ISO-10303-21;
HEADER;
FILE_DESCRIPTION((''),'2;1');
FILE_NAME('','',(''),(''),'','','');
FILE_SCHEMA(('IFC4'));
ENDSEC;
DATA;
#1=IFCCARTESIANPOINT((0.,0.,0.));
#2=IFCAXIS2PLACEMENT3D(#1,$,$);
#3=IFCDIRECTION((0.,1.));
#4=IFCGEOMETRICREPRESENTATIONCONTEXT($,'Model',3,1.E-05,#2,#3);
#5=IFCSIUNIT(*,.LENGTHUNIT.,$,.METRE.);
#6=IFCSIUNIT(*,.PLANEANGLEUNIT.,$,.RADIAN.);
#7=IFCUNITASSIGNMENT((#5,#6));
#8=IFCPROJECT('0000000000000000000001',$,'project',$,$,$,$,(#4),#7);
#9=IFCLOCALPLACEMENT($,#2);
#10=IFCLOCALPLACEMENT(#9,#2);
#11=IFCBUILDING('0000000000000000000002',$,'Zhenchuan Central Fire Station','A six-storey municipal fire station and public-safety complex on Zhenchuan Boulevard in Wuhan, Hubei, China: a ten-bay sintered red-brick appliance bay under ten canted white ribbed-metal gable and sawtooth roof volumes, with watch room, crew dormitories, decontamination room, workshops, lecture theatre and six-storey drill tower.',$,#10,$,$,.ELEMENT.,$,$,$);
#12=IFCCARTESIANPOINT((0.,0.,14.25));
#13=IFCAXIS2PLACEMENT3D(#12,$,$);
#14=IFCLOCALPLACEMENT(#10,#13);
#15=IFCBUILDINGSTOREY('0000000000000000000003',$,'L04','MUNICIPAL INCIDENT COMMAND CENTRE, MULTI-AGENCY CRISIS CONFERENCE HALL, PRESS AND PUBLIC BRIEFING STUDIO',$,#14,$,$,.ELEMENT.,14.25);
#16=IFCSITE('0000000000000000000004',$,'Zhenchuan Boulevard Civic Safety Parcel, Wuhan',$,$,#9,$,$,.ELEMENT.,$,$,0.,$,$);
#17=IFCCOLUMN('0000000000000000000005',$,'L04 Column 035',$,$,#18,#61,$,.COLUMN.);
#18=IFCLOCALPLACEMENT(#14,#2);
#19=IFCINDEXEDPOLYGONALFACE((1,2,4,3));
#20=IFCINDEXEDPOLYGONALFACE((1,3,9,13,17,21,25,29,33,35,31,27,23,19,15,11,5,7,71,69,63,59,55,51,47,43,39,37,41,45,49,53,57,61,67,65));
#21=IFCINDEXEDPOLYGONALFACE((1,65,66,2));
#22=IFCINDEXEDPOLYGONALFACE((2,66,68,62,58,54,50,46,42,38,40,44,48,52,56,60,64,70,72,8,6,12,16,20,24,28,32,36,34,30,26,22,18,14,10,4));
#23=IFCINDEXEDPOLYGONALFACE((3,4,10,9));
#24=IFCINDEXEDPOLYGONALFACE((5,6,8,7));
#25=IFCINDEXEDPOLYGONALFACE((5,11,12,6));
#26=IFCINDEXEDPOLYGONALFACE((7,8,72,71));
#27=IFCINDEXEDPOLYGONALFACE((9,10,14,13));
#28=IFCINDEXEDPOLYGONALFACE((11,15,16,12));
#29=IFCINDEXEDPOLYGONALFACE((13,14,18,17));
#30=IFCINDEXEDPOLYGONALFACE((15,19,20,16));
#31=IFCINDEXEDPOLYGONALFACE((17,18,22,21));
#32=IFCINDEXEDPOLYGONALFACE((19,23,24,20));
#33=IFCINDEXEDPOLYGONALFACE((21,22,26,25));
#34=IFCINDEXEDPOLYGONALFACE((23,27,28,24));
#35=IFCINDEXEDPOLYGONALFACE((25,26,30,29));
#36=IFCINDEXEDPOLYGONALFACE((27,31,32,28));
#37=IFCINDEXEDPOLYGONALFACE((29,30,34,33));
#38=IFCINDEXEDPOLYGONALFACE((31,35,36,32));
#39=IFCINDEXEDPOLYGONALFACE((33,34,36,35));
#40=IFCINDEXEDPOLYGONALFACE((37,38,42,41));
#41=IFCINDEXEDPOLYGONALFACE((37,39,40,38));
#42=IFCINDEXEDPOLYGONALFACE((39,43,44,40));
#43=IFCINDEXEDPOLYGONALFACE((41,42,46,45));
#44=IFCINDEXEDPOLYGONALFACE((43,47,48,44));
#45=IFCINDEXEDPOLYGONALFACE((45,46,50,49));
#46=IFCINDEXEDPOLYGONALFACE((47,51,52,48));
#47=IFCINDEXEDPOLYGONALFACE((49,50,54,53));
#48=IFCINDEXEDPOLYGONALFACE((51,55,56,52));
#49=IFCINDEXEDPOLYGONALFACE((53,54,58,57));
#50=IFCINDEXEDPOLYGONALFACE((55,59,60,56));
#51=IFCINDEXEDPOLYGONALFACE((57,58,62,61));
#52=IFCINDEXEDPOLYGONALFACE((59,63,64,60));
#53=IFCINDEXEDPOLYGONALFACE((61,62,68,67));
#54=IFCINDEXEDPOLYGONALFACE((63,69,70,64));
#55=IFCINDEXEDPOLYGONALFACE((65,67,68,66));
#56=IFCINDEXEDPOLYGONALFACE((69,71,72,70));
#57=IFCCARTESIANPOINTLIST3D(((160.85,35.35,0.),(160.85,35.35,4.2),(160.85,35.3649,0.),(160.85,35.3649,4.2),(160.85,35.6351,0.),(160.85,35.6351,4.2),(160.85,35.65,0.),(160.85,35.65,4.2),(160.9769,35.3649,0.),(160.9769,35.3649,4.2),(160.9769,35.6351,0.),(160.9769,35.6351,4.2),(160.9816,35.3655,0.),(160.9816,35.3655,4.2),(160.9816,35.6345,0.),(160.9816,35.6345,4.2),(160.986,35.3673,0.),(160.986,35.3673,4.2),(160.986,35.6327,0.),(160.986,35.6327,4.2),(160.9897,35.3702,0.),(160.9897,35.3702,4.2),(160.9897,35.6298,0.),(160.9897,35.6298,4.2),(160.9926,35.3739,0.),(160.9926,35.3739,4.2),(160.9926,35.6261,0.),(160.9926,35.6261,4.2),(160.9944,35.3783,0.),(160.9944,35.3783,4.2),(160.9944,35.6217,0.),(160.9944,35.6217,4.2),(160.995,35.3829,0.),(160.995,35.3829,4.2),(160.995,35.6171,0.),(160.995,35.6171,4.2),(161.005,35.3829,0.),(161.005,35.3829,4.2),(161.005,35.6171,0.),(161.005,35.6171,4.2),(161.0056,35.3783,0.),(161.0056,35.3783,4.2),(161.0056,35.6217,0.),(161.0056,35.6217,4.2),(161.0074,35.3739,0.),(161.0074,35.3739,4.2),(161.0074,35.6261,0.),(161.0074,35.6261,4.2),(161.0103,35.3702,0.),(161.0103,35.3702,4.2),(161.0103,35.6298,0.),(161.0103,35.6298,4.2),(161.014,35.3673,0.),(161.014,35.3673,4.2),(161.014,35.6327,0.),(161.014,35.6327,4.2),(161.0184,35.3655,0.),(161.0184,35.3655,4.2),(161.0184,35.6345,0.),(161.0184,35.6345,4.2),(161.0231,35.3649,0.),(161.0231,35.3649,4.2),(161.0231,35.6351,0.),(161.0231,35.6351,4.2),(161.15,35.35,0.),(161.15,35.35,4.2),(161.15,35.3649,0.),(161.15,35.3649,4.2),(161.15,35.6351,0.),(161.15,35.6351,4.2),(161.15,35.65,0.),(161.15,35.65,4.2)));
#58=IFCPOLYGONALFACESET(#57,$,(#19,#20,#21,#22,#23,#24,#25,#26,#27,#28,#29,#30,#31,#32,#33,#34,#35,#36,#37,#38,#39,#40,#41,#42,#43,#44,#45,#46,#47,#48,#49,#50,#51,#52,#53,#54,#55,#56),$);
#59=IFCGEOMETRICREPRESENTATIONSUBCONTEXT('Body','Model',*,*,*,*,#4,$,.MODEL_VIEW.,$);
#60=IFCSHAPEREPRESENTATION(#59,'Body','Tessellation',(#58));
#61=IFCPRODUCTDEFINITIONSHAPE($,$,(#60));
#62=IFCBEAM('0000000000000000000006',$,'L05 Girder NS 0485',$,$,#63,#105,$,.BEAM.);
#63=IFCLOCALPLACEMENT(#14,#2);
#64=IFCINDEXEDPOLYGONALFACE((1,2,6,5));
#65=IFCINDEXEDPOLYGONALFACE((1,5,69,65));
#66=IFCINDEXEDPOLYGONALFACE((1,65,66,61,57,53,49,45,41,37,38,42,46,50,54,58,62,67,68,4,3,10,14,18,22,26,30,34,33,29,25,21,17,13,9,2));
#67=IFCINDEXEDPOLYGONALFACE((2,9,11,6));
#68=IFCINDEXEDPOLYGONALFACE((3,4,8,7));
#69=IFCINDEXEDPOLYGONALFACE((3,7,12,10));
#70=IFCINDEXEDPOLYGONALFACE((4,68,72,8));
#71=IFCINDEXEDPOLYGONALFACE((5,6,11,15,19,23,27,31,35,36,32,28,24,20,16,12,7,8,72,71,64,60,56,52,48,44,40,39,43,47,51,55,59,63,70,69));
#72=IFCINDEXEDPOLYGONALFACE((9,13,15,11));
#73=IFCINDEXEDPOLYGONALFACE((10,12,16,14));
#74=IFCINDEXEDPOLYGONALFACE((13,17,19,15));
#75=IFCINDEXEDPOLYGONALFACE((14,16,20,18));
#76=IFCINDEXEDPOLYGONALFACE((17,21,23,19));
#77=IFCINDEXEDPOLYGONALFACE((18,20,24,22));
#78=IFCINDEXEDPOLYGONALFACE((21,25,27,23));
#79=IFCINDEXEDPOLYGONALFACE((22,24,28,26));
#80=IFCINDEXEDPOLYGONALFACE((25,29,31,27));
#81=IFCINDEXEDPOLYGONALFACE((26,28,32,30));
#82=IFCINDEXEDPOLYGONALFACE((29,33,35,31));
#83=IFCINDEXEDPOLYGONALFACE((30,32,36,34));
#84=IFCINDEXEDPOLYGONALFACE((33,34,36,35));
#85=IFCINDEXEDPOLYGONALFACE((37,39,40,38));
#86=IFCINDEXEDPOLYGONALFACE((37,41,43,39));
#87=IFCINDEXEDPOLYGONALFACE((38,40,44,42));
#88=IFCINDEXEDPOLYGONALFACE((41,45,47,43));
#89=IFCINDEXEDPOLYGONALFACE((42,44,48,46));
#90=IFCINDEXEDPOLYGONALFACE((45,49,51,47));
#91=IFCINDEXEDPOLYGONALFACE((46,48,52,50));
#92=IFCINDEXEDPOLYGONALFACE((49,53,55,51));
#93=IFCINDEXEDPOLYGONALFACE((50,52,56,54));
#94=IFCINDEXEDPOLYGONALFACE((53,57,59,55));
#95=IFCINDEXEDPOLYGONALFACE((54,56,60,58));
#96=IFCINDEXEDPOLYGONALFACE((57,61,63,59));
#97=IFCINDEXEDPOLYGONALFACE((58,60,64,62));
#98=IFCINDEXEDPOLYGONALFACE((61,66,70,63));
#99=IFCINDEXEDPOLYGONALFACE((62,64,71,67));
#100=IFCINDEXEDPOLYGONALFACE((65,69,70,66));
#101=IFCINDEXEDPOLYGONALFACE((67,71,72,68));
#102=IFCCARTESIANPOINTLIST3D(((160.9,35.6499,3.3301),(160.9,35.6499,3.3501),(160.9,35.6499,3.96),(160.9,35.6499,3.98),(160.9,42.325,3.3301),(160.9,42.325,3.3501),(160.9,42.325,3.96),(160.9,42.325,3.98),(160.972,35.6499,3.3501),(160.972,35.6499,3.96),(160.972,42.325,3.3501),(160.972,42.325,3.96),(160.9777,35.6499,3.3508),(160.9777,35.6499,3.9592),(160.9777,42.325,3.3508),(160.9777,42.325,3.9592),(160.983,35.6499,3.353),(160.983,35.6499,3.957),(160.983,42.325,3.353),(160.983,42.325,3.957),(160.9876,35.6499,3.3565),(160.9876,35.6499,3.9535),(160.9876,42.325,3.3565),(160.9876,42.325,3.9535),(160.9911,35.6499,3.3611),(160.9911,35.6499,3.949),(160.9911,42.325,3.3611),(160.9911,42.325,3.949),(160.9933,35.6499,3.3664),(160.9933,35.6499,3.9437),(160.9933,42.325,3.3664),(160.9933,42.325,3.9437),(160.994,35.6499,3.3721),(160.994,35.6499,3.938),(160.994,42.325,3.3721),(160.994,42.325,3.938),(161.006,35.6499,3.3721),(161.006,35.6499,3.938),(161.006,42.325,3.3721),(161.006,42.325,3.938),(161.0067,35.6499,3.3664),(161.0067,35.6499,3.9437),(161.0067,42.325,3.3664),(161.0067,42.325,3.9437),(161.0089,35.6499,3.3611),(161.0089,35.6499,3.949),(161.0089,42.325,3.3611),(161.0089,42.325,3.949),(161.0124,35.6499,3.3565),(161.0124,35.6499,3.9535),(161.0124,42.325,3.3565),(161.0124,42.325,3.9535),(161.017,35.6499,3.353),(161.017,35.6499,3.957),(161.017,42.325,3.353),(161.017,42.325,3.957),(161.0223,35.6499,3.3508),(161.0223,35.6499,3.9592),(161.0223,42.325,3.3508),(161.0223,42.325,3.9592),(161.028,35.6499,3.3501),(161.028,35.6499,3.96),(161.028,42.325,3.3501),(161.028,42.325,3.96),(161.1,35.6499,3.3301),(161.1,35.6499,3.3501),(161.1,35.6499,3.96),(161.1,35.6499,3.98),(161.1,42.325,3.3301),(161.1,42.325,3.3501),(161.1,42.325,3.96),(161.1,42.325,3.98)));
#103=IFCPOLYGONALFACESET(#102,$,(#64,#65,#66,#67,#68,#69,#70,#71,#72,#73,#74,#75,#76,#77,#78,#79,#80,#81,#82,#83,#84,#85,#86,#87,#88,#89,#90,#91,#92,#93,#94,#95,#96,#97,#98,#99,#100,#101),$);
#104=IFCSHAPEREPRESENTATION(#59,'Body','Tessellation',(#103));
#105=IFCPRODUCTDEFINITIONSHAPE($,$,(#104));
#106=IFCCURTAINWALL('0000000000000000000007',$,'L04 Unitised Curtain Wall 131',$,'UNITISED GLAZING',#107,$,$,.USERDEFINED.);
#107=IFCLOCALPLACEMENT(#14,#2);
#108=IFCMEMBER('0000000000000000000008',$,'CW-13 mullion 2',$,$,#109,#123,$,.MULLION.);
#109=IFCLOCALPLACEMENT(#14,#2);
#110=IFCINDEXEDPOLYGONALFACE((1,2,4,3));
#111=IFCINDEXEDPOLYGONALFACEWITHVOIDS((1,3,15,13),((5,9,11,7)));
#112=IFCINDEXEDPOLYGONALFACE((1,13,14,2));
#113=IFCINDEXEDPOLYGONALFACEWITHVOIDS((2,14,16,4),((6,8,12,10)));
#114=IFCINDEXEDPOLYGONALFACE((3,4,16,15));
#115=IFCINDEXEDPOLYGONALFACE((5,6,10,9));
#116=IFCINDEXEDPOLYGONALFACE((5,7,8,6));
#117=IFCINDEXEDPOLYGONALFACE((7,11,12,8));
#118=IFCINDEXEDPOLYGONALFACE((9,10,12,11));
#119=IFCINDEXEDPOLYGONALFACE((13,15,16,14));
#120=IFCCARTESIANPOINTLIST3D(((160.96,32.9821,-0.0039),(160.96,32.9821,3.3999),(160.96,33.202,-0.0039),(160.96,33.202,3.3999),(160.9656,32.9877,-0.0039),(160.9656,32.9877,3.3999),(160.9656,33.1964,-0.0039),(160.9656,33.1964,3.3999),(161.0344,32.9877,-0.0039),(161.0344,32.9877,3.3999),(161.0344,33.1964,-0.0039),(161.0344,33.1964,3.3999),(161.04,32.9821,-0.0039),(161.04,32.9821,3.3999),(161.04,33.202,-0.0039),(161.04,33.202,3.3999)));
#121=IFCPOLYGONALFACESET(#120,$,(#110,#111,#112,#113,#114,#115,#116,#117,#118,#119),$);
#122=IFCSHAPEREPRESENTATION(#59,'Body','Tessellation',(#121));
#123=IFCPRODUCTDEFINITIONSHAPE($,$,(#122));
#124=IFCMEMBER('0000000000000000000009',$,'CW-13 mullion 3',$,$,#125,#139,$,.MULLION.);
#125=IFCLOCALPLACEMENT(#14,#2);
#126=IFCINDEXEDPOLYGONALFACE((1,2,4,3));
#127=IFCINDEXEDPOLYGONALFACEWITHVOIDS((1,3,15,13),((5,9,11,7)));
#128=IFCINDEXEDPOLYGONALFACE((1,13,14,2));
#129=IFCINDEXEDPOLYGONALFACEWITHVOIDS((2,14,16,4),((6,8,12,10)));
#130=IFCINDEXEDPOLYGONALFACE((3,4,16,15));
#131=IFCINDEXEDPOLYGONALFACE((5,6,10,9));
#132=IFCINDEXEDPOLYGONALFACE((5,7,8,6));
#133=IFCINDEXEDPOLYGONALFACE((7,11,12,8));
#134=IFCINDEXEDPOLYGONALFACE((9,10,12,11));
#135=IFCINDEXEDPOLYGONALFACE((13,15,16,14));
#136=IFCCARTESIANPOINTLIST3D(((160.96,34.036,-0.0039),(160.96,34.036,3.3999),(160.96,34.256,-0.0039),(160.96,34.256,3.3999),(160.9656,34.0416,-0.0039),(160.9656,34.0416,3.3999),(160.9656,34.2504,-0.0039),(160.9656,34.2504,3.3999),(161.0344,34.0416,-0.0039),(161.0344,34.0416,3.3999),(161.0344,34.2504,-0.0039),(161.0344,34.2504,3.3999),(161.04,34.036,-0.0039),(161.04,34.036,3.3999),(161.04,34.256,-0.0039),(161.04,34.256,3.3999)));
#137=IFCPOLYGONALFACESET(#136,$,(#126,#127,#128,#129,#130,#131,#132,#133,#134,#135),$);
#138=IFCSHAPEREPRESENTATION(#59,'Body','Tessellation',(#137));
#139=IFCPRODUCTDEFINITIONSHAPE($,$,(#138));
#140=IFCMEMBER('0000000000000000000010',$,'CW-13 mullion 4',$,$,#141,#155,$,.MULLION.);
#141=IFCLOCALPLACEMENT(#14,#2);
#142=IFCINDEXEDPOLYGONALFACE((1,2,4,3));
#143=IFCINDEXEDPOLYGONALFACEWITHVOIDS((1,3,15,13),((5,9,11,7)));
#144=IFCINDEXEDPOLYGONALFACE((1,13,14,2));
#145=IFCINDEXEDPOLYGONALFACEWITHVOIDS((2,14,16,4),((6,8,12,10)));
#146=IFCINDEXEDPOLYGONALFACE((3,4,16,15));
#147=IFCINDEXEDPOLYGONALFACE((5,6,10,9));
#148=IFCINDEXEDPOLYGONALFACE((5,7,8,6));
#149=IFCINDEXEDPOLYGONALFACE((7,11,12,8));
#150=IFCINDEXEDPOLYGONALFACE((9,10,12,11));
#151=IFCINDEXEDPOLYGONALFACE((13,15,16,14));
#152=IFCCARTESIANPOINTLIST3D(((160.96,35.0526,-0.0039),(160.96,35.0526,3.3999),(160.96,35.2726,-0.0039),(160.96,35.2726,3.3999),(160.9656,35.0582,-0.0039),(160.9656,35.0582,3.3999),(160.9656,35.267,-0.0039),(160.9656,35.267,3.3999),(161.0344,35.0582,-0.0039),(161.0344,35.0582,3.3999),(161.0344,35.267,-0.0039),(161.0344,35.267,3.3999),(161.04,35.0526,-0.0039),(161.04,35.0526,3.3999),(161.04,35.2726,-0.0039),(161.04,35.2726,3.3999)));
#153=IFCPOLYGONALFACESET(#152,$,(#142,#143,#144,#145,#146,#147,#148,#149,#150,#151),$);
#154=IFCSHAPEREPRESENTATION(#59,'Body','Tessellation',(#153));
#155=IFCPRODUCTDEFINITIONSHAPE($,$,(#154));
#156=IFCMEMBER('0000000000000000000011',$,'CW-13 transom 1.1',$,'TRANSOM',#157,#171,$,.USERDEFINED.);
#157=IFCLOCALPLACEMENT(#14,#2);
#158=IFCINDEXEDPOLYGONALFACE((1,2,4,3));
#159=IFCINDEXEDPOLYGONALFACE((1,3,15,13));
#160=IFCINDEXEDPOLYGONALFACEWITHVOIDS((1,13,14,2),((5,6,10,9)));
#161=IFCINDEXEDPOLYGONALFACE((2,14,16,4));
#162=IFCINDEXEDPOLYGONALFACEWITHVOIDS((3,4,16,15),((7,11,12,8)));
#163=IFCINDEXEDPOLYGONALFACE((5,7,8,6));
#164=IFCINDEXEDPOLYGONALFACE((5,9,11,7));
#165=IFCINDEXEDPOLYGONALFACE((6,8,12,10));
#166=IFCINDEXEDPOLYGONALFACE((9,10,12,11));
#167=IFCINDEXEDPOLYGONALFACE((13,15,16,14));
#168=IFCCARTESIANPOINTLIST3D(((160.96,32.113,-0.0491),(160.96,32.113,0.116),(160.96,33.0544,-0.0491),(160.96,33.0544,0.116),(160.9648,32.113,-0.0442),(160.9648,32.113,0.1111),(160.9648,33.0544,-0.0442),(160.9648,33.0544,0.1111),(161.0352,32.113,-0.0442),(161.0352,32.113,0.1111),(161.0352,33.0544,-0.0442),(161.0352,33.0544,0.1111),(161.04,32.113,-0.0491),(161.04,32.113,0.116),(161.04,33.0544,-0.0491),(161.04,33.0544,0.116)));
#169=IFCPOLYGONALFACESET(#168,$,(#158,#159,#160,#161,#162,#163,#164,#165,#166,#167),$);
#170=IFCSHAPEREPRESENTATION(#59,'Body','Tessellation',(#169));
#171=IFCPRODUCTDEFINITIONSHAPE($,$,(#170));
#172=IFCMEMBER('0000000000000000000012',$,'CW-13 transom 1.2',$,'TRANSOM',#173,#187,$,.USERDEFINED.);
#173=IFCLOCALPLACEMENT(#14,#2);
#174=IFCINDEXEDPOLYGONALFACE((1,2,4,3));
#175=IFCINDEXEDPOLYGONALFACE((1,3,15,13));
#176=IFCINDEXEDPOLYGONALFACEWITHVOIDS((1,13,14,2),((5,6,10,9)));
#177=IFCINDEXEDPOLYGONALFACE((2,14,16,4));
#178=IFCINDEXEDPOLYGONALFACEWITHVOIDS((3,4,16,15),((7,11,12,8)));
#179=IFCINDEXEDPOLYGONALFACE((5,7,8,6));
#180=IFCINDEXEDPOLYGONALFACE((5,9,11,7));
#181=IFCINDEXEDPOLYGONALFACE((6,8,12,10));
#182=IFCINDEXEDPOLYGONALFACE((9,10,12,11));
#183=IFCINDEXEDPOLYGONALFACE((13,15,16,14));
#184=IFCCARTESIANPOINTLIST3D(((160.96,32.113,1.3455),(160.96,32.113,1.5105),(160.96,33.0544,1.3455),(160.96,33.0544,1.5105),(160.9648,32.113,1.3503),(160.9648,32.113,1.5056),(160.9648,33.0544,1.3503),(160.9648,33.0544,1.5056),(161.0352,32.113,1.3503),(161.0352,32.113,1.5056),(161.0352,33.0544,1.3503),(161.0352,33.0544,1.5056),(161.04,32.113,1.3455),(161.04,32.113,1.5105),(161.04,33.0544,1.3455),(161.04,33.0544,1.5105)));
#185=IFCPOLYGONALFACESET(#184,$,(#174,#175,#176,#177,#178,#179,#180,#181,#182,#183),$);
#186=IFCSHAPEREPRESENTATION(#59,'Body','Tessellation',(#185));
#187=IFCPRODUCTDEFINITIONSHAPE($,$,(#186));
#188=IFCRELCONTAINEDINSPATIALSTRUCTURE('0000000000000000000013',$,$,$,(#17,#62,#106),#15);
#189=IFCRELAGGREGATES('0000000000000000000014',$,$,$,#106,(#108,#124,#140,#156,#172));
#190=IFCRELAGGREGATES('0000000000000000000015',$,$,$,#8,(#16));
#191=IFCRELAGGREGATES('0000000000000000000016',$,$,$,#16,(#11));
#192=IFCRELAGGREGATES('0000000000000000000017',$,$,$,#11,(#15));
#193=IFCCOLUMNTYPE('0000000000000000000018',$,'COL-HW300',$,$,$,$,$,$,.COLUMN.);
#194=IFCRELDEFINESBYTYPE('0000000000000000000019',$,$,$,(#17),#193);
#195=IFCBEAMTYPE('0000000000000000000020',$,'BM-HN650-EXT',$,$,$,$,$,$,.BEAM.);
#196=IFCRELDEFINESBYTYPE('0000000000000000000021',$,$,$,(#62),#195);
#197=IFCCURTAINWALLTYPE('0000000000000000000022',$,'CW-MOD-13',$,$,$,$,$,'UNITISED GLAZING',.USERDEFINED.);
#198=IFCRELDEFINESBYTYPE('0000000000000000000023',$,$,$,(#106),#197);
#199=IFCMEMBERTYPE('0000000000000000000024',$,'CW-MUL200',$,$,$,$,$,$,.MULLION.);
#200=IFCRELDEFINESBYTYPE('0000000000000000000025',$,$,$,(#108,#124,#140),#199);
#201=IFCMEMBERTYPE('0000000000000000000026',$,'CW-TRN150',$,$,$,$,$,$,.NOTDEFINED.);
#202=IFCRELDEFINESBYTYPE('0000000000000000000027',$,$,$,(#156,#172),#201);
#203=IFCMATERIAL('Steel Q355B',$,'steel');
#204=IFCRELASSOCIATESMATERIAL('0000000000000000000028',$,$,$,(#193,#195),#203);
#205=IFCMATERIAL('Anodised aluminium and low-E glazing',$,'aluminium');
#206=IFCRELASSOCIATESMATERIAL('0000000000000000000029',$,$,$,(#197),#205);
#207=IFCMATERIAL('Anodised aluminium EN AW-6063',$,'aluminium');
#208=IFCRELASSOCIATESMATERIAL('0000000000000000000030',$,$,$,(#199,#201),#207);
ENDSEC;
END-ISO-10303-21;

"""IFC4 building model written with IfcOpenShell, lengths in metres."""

from ifc_helpers import new_model, si_unit, direction, frame, origin, origin_2d, place, context, subcontext, project, spatial, hollow_rectangle, i_section, extrude, material, material_profile, profile_set, type_object, element, aggregate, save


model = new_model("IFC4")

# Units and contexts
model_context = context("Model", 3, precision=1e-05, world=origin(), true_north=direction((0.0, 1.0)))
body_context = subcontext(model_context, "Body", "Model", "MODEL_VIEW")
ifc_project = project(units=[si_unit("LENGTHUNIT", "METRE"), si_unit("PLANEANGLEUNIT", "RADIAN")], contexts=[model_context])

# Site, building, storey
site_placement = place(None, origin())
site = spatial("IfcSite", under=ifc_project, at=site_placement, Name="Zhenchuan Boulevard Civic Safety Parcel, Wuhan", CompositionType="ELEMENT", RefElevation=0.0)
building_placement = place(site_placement, origin())
building = spatial("IfcBuilding", under=site, at=building_placement, Name="Zhenchuan Central Fire Station", Description="A six-storey municipal fire station and public-safety complex on Zhenchuan Boulevard in Wuhan, Hubei, China: a ten-bay sintered red-brick appliance bay under ten canted white ribbed-metal gable and sawtooth roof volumes, with watch room, crew dormitories, decontamination room, workshops, lecture theatre and six-storey drill tower.", CompositionType="ELEMENT")
storey_placement = place(building_placement, frame((0.0, 0.0, 14.25)))
storey = spatial("IfcBuildingStorey", under=building, at=storey_placement, Name="L04", Description="MUNICIPAL INCIDENT COMMAND CENTRE, MULTI-AGENCY CRISIS CONFERENCE HALL, PRESS AND PUBLIC BRIEFING STUDIO", CompositionType="ELEMENT", Elevation=14.25)

# Column
ifc_material_1 = material(Name="Steel Q355B", Category="steel")
ifc_material_profile_1 = material_profile(ifc_material_1, i_section(OverallWidth=0.3, OverallDepth=0.3, WebThickness=0.01, FlangeThickness=0.0149, FilletRadius=0.0181, at=origin_2d()), Name="HW 300x300")
ifc_profile_set_1 = profile_set([ifc_material_profile_1], Name="Steel Q355B")
column_type = type_object("IfcColumnType", Name="COL-HW300", PredefinedType="COLUMN", material=ifc_profile_set_1)
column_placement = place(storey_placement, frame((161.0, 35.5, 0.0), z_axis=(0.0, 0.0, 1.0), x_axis=(1.0, 0.0, 0.0)))
element("IfcColumn", 1, at=column_placement, inside=storey, type_object=column_type, Name="L04 Column 035", PredefinedType="COLUMN", context=body_context, shape_type="SweptSolid", body=[
    extrude(i_section(OverallWidth=0.3, OverallDepth=0.3, WebThickness=0.01, FlangeThickness=0.0149, FilletRadius=0.0181, at=origin_2d()), origin(), (0.0, 0.0, 1.0), 4.2),
])

# Beam
ifc_material_profile_2 = material_profile(ifc_material_1, i_section(OverallWidth=0.2, OverallDepth=0.6499, WebThickness=0.012, FlangeThickness=0.02, FilletRadius=0.022, at=origin_2d()), Name="HN 650x200")
ifc_profile_set_2 = profile_set([ifc_material_profile_2], Name="Steel Q355B")
beam_type = type_object("IfcBeamType", Name="BM-HN650-EXT", PredefinedType="BEAM", material=ifc_profile_set_2)
beam_placement = place(storey_placement, frame((161.0, 35.6499, 3.655), z_axis=(0.0, 1.0, 0.0), x_axis=(-1.0, 0.0, 0.0)))
element("IfcBeam", 2, at=beam_placement, inside=storey, type_object=beam_type, Name="L05 Girder NS 0485", PredefinedType="BEAM", context=body_context, shape_type="SweptSolid", body=[
    extrude(i_section(OverallWidth=0.2, OverallDepth=0.6499, WebThickness=0.012, FlangeThickness=0.02, FilletRadius=0.022, at=origin_2d()), origin(), (0.0, 0.0, 1.0), 6.675),
])

# Curtain wall, members
ifc_material_2 = material(Name="Anodised aluminium and low-E glazing", Category="aluminium")
curtain_wall_type = type_object("IfcCurtainWallType", Name="CW-MOD-13", ElementType="UNITISED GLAZING", PredefinedType="USERDEFINED", material=ifc_material_2)
curtain_wall_placement = place(storey_placement, origin())
curtain_wall = element("IfcCurtainWall", 3, at=curtain_wall_placement, inside=storey, type_object=curtain_wall_type, Name="L04 Unitised Curtain Wall 131", ObjectType="UNITISED GLAZING", PredefinedType="USERDEFINED")
ifc_material_3 = material(Name="Anodised aluminium EN AW-6063", Category="aluminium")
ifc_material_profile_3 = material_profile(ifc_material_3, hollow_rectangle(XDim=0.0801, YDim=0.22, WallThickness=0.0056, at=origin_2d()), Name="ALU-M 220x80")
ifc_profile_set_3 = profile_set([ifc_material_profile_3], Name="Anodised aluminium EN AW-6063")
member_type_1 = type_object("IfcMemberType", Name="CW-MUL200", PredefinedType="MULLION", material=ifc_profile_set_3)
member_1_placement = place(storey_placement, frame((161.0, 33.092, -0.0039), z_axis=(0.0, 0.0, 1.0), x_axis=(-1.0, 0.0, 0.0)))
member_1 = element("IfcMember", 4, at=member_1_placement, type_object=member_type_1, Name="CW-13 mullion 2", PredefinedType="MULLION", context=body_context, shape_type="SweptSolid", body=[
    extrude(hollow_rectangle(XDim=0.0801, YDim=0.22, WallThickness=0.0056, at=origin_2d()), origin(), (0.0, 0.0, 1.0), 3.4038),
])
member_2_placement = place(storey_placement, frame((161.0, 34.146, -0.0039), z_axis=(0.0, 0.0, 1.0), x_axis=(-1.0, 0.0, 0.0)))
member_2 = element("IfcMember", 5, at=member_2_placement, type_object=member_type_1, Name="CW-13 mullion 3", PredefinedType="MULLION", context=body_context, shape_type="SweptSolid", body=[
    extrude(hollow_rectangle(XDim=0.0801, YDim=0.22, WallThickness=0.0056, at=origin_2d()), origin(), (0.0, 0.0, 1.0), 3.4038),
])
member_3_placement = place(storey_placement, frame((161.0, 35.1626, -0.0039), z_axis=(0.0, 0.0, 1.0), x_axis=(-1.0, 0.0, 0.0)))
member_3 = element("IfcMember", 6, at=member_3_placement, type_object=member_type_1, Name="CW-13 mullion 4", PredefinedType="MULLION", context=body_context, shape_type="SweptSolid", body=[
    extrude(hollow_rectangle(XDim=0.0801, YDim=0.22, WallThickness=0.0056, at=origin_2d()), origin(), (0.0, 0.0, 1.0), 3.4038),
])
ifc_material_profile_4 = material_profile(ifc_material_3, hollow_rectangle(XDim=0.0801, YDim=0.165, WallThickness=0.0049, at=origin_2d()), Name="ALU-T 165x80")
ifc_profile_set_4 = profile_set([ifc_material_profile_4], Name="Anodised aluminium EN AW-6063")
member_type_2 = type_object("IfcMemberType", Name="CW-TRN150", PredefinedType="NOTDEFINED", material=ifc_profile_set_4)
member_4_placement = place(storey_placement, frame((161.0, 32.113, 0.0334), z_axis=(0.0, 1.0, 0.0), x_axis=(-1.0, 0.0, 0.0)))
member_4 = element("IfcMember", 7, at=member_4_placement, type_object=member_type_2, Name="CW-13 transom 1.1", ObjectType="TRANSOM", PredefinedType="USERDEFINED", context=body_context, shape_type="SweptSolid", body=[
    extrude(hollow_rectangle(XDim=0.0801, YDim=0.165, WallThickness=0.0049, at=origin_2d()), origin(), (0.0, 0.0, 1.0), 0.9414),
])
member_5_placement = place(storey_placement, frame((161.0, 32.113, 1.428), z_axis=(0.0, 1.0, 0.0), x_axis=(-1.0, 0.0, 0.0)))
member_5 = element("IfcMember", 8, at=member_5_placement, type_object=member_type_2, Name="CW-13 transom 1.2", ObjectType="TRANSOM", PredefinedType="USERDEFINED", context=body_context, shape_type="SweptSolid", body=[
    extrude(hollow_rectangle(XDim=0.0801, YDim=0.165, WallThickness=0.0049, at=origin_2d()), origin(), (0.0, 0.0, 1.0), 0.9414),
])
aggregate(curtain_wall, [member_1, member_2, member_3, member_4, member_5])

save(model, "model.ifc")
